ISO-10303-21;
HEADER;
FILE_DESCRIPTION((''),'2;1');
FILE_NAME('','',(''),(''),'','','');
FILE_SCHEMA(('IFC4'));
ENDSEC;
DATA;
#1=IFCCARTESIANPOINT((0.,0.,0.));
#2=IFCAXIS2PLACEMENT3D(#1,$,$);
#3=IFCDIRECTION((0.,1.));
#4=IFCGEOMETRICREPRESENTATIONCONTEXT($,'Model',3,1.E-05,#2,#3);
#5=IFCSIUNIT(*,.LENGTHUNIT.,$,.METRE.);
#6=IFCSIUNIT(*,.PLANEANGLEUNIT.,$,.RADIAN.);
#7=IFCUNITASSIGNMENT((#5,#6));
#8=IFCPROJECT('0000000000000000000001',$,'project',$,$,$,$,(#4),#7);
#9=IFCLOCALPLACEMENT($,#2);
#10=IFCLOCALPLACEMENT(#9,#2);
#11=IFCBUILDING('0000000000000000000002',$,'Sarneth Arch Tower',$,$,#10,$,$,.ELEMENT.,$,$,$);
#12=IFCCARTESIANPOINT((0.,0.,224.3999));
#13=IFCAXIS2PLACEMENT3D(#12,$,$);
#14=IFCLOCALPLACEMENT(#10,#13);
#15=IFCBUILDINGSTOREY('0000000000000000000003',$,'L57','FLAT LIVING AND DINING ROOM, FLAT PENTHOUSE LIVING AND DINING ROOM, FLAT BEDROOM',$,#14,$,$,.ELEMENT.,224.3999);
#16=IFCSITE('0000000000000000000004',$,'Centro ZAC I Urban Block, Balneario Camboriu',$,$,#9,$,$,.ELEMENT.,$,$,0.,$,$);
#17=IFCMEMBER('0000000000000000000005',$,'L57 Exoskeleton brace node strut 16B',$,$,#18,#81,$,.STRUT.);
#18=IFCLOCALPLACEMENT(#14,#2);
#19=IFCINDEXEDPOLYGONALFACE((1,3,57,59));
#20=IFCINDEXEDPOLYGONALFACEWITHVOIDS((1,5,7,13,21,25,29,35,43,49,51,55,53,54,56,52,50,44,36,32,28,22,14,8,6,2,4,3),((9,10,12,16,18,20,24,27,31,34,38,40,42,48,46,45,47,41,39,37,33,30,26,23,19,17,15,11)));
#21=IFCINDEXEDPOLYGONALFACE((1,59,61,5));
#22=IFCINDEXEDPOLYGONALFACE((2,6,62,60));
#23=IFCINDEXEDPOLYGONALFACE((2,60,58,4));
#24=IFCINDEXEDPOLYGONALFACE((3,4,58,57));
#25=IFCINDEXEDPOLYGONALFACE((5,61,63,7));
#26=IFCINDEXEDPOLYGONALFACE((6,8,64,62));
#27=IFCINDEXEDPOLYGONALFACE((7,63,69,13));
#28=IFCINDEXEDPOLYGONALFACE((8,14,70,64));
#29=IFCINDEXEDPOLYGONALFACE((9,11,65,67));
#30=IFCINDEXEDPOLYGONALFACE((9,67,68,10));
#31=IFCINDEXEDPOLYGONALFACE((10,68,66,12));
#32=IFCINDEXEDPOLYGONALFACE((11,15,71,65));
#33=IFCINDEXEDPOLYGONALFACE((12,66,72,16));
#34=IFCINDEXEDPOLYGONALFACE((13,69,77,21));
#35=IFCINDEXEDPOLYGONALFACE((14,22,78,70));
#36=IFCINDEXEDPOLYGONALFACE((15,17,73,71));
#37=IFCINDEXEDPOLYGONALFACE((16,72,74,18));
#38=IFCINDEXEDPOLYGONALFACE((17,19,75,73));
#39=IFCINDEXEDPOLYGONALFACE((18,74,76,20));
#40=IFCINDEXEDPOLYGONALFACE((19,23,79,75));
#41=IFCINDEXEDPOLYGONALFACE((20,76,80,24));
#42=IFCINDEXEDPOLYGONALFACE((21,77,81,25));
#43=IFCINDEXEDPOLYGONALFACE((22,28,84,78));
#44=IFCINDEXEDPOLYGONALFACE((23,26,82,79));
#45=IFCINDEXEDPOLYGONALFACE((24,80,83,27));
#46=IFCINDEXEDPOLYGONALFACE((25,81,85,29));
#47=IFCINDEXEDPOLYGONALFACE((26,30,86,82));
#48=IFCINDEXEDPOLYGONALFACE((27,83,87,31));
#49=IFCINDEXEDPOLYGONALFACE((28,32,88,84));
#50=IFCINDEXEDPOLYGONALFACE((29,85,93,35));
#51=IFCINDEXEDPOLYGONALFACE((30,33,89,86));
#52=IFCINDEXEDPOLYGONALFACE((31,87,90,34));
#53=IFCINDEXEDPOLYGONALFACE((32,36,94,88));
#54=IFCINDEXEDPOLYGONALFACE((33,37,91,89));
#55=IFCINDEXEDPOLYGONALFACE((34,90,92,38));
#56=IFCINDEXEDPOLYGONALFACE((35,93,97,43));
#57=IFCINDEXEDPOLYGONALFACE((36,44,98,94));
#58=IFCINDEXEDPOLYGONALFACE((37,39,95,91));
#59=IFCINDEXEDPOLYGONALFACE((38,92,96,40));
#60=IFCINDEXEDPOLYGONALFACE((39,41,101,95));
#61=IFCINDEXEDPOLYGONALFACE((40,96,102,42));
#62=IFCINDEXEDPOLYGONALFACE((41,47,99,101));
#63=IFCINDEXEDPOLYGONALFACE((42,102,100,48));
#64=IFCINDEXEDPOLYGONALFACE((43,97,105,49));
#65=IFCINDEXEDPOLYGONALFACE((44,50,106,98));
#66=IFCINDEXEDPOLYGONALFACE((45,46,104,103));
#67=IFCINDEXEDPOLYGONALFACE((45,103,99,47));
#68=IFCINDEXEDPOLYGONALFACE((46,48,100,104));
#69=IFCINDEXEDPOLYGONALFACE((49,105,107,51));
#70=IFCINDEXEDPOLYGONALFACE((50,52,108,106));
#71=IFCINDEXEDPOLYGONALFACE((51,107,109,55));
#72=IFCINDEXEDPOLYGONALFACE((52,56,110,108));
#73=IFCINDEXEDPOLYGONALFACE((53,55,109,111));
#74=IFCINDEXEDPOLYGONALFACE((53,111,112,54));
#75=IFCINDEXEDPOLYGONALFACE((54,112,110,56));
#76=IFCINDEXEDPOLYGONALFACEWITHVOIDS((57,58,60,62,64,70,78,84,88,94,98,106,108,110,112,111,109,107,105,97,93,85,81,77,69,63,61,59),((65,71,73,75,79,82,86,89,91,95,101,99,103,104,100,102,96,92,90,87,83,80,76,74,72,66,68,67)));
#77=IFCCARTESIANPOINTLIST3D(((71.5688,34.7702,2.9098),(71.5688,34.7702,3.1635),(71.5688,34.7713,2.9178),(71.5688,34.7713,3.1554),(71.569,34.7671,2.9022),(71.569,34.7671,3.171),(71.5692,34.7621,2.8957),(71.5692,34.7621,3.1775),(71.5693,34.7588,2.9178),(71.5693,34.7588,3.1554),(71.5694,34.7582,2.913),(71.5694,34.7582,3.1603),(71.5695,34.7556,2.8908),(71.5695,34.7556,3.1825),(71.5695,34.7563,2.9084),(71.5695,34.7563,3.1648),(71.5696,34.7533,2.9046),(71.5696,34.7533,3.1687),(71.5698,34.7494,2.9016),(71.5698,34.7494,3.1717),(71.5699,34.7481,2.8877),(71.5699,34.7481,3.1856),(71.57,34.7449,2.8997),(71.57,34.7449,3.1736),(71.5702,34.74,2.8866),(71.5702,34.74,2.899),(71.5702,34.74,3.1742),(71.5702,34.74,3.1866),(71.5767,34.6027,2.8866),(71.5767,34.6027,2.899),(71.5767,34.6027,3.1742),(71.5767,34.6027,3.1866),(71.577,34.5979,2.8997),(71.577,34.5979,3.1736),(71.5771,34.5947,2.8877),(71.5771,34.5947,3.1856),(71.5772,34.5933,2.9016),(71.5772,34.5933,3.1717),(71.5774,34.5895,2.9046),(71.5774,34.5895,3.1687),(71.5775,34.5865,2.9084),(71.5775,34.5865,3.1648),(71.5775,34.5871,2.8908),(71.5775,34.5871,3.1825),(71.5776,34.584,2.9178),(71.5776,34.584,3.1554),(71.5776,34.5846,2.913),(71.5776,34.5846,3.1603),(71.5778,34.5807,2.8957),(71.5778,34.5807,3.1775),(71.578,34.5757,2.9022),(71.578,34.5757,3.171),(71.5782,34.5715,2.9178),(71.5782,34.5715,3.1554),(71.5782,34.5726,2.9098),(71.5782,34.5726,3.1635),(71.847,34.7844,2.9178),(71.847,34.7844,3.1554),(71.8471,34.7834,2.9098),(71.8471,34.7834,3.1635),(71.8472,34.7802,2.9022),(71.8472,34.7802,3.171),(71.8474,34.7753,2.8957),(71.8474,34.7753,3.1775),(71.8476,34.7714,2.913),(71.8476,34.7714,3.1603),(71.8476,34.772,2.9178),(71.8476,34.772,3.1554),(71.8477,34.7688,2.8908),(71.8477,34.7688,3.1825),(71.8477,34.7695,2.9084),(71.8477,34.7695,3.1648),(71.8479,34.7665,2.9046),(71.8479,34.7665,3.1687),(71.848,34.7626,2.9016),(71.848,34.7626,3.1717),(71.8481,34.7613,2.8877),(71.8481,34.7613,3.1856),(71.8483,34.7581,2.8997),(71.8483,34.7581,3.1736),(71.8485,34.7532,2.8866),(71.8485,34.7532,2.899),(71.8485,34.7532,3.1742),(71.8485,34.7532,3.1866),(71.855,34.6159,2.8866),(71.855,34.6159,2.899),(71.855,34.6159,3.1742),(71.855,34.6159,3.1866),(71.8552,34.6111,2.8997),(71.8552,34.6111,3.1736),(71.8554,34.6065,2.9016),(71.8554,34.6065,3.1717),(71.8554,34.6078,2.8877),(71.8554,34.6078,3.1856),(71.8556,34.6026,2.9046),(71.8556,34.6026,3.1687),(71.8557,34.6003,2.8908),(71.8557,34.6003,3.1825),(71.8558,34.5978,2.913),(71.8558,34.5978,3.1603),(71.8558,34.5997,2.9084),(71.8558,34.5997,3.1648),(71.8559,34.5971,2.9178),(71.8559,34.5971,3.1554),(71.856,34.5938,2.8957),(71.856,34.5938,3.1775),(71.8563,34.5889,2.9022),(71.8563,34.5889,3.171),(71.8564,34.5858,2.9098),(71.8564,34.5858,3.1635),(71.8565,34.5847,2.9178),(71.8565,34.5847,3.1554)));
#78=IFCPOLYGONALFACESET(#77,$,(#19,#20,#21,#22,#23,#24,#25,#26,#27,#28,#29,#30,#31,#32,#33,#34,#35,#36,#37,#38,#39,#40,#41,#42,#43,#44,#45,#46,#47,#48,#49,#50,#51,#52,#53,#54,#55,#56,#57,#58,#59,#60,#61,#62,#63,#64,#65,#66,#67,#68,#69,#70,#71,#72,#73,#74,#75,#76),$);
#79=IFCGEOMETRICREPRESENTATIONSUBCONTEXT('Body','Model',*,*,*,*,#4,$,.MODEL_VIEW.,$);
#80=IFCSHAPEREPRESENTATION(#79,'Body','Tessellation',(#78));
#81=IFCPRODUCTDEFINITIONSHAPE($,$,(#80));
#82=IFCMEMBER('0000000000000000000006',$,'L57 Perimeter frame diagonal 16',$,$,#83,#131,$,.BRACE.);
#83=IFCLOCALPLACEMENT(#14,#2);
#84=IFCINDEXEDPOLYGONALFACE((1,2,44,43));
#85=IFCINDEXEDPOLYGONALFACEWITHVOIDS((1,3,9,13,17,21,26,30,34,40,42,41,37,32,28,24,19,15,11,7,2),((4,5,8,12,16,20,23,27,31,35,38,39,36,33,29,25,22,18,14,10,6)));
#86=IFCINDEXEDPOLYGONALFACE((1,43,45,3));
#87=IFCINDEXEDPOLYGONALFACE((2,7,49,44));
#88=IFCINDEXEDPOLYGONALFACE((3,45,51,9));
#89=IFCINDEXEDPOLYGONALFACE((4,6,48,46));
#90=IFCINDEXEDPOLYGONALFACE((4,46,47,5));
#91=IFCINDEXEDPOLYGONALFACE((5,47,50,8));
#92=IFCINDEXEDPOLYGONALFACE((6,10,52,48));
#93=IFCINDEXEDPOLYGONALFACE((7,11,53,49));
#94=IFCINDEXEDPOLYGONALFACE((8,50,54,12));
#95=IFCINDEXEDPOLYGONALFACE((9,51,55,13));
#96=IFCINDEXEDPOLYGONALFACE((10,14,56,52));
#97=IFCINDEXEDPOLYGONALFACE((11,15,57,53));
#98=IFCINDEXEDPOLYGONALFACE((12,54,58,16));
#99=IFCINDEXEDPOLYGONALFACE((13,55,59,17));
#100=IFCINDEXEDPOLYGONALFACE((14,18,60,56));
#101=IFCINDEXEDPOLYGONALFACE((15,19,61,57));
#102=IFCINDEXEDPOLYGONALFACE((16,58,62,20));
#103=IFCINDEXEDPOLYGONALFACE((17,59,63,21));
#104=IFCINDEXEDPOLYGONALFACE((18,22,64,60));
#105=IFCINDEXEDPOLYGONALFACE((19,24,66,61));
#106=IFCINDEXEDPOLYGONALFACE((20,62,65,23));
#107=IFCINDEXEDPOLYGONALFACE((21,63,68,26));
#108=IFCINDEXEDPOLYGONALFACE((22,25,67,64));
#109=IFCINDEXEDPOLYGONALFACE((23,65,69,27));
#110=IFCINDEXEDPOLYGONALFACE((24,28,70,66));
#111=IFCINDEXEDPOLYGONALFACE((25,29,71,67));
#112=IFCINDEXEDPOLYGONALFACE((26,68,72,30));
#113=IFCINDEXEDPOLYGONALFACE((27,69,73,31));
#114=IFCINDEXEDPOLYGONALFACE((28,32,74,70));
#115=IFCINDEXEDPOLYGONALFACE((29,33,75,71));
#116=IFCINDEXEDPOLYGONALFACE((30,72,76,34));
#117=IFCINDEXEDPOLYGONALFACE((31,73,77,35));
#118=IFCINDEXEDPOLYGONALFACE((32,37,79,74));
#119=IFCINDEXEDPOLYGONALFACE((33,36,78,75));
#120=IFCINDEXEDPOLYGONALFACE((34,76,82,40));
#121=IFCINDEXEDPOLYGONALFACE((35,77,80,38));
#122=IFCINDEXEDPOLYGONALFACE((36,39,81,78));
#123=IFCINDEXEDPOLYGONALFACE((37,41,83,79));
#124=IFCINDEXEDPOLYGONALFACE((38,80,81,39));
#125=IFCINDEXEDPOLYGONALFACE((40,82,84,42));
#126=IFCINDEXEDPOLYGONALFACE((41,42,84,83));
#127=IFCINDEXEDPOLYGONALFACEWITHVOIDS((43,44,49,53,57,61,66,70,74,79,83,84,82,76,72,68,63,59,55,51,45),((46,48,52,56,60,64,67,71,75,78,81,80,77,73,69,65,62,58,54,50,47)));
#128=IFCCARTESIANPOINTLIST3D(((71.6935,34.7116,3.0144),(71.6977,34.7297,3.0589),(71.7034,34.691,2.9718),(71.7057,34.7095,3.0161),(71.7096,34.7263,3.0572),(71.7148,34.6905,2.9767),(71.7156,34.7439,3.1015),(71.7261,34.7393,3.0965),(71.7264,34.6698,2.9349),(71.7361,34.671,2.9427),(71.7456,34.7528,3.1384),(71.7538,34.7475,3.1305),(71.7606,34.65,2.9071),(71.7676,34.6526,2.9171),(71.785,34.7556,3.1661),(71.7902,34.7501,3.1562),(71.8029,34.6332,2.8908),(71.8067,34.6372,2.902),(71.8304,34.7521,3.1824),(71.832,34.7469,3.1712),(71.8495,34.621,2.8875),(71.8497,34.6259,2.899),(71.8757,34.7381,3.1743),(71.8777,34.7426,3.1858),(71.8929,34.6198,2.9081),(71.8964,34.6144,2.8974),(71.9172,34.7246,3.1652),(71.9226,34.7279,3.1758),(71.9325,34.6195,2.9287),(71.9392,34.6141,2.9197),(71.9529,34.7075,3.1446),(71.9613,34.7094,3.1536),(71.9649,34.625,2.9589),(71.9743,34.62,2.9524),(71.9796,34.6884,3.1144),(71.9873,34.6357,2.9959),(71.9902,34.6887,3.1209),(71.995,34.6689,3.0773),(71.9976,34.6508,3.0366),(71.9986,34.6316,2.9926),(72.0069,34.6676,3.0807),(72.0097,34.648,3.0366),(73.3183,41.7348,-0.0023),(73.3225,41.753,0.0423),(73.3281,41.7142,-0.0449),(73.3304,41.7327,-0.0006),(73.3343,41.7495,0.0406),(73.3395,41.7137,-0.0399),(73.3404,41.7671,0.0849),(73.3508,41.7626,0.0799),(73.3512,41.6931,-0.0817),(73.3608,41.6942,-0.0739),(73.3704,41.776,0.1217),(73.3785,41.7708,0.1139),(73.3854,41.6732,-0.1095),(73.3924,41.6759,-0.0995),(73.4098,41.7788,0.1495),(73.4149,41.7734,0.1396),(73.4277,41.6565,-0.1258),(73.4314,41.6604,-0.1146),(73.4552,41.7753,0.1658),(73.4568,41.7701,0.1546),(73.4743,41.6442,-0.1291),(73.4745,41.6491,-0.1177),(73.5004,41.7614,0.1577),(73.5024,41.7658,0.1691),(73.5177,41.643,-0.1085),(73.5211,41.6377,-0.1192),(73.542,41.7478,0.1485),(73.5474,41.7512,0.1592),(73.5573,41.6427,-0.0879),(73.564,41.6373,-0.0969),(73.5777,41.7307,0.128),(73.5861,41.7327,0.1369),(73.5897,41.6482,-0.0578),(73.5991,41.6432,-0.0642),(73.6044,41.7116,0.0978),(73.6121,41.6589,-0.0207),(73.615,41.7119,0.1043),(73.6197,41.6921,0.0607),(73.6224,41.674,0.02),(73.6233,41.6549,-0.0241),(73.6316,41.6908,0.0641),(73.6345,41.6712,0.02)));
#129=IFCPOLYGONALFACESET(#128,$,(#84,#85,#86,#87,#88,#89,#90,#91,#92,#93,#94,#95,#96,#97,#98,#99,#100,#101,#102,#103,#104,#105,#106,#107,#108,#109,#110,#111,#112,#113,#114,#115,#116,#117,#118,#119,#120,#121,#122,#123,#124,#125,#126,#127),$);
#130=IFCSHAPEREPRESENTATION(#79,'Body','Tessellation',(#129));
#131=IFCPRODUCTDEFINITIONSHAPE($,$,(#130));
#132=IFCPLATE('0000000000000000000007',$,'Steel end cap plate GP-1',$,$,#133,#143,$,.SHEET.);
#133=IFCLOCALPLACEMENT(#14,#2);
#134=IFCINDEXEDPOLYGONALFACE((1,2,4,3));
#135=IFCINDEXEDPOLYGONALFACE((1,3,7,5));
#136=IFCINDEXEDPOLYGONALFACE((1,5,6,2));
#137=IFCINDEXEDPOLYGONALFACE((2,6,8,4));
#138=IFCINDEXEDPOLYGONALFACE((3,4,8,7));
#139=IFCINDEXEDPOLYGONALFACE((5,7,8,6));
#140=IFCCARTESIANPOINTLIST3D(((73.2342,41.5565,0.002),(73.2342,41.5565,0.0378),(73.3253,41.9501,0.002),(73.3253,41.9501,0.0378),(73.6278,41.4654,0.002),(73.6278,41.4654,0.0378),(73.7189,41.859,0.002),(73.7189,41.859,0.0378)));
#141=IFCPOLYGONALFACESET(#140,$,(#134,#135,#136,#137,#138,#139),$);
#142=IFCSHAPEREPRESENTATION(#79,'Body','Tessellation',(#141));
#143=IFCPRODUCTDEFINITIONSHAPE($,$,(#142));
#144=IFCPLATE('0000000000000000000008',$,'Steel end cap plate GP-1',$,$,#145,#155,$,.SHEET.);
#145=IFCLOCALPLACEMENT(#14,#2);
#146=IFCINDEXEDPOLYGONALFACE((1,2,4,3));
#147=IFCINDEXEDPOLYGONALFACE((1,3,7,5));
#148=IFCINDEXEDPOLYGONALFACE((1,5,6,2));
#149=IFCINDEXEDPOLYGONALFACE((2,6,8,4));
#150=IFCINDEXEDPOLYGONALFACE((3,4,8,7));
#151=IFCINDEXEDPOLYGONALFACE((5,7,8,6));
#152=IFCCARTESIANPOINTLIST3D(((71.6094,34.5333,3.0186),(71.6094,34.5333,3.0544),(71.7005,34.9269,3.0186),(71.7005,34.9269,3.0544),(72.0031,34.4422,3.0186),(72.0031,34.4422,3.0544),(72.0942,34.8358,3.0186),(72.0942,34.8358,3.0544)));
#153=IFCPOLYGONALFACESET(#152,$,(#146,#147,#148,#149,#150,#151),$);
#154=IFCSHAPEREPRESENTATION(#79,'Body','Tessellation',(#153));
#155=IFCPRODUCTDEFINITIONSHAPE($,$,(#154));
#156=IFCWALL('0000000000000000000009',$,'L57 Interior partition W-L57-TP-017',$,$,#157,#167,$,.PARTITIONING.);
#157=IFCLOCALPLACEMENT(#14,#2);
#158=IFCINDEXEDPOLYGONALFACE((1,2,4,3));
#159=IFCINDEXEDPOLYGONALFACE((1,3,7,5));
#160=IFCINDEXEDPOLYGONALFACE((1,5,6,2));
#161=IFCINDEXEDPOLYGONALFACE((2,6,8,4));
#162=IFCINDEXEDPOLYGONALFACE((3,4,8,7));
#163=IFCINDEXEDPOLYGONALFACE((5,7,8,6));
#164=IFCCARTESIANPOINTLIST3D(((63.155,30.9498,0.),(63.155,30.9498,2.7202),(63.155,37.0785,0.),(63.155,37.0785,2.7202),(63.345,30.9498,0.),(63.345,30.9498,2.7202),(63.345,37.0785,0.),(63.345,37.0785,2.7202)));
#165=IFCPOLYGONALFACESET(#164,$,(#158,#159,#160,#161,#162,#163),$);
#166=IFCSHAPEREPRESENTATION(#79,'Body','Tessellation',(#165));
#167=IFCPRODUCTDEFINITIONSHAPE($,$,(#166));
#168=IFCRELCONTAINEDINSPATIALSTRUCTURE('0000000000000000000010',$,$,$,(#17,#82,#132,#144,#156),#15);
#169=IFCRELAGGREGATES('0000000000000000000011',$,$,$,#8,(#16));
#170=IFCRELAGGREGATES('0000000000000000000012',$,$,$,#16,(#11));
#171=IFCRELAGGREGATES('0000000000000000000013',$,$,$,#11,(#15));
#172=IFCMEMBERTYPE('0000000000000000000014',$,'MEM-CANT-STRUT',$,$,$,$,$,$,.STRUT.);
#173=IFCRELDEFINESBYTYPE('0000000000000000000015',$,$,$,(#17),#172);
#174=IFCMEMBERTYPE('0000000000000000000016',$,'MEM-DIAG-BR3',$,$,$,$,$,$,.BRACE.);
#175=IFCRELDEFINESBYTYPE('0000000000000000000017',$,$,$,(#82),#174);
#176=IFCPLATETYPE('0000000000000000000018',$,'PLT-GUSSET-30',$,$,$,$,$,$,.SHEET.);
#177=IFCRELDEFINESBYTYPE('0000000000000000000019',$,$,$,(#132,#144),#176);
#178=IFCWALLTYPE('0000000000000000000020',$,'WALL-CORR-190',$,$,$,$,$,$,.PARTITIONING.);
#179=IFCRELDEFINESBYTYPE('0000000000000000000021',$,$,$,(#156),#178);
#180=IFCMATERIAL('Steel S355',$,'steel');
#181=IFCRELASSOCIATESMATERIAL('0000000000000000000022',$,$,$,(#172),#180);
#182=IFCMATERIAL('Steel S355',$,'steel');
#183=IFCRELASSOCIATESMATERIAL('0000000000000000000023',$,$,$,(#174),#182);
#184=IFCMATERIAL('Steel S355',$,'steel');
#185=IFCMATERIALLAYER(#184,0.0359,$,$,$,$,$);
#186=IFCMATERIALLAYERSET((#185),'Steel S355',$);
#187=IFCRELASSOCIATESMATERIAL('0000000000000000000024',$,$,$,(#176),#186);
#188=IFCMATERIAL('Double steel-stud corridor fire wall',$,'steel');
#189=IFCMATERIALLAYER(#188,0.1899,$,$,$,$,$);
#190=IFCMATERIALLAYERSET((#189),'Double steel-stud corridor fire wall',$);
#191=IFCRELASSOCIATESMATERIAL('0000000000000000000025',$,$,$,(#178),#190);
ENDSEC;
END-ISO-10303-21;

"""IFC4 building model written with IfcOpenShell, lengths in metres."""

from ifc_helpers import new_model, si_unit, direction, frame, frame_2d, origin, origin_2d, place, context, subcontext, project, spatial, rectangle, hollow_rectangle, hollow_circle, extrude, material, layer, layer_set, material_profile, profile_set, type_object, element, save


model = new_model("IFC4")

# Units and contexts
model_context = context("Model", 3, precision=1e-05, world=origin(), true_north=direction((0.0, 1.0)))
body_context = subcontext(model_context, "Body", "Model", "MODEL_VIEW")
ifc_project = project(units=[si_unit("LENGTHUNIT", "METRE"), si_unit("PLANEANGLEUNIT", "RADIAN")], contexts=[model_context])

# Site, building, storey
site_placement = place(None, origin())
site = spatial("IfcSite", under=ifc_project, at=site_placement, Name="Centro ZAC I Urban Block, Balneario Camboriu", CompositionType="ELEMENT", RefElevation=0.0)
building_placement = place(site_placement, origin())
building = spatial("IfcBuilding", under=site, at=building_placement, Name="Sarneth Arch Tower", CompositionType="ELEMENT")
storey_placement = place(building_placement, frame((0.0, 0.0, 224.3999)))
storey = spatial("IfcBuildingStorey", under=building, at=storey_placement, Name="L57", Description="FLAT LIVING AND DINING ROOM, FLAT PENTHOUSE LIVING AND DINING ROOM, FLAT BEDROOM", CompositionType="ELEMENT", Elevation=224.3999)

# Members
ifc_material_1 = material(Name="Steel S355", Category="steel")
ifc_material_profile_1 = material_profile(ifc_material_1, hollow_rectangle(XDim=0.2, YDim=0.3, WallThickness=0.0125, InnerFilletRadius=0.0188, OuterFilletRadius=0.0312, at=origin_2d()), Name="RHS300x200x12.5")
ifc_profile_set_1 = profile_set([ifc_material_profile_1], Name="Steel S355")
member_type_1 = type_object("IfcMemberType", Name="MEM-CANT-STRUT", PredefinedType="STRUT", material=ifc_profile_set_1)
member_1_placement = place(storey_placement, frame((71.5735, 34.6714, 3.0366), z_axis=(0.99888, 0.047315, 0.0), x_axis=(-0.047315, 0.99888, 0.0)))
element("IfcMember", 1, at=member_1_placement, inside=storey, type_object=member_type_1, Name="L57 Exoskeleton brace node strut 16B", PredefinedType="STRUT", context=body_context, shape_type="SweptSolid", body=[
    extrude(hollow_rectangle(XDim=0.2, YDim=0.3, WallThickness=0.0125, InnerFilletRadius=0.0188, OuterFilletRadius=0.0312, at=origin_2d()), origin(), (0.0, 0.0, 1.0), 0.2786),
])
ifc_material_2 = material(Name="Steel S355", Category="steel")
ifc_material_profile_2 = material_profile(ifc_material_2, hollow_circle(Radius=0.1621, WallThickness=0.0125, at=origin_2d()), Name="CHS324x12.5")
ifc_profile_set_2 = profile_set([ifc_material_profile_2], Name="Steel S355")
member_type_2 = type_object("IfcMemberType", Name="MEM-DIAG-BR3", PredefinedType="BRACE", material=ifc_profile_set_2)
member_2_placement = place(storey_placement, frame((73.4766, 41.7078, 0.02), z_axis=(-0.207918, -0.898749, 0.386031), x_axis=(0.974269, -0.225389, 0.0)))
element("IfcMember", 2, at=member_2_placement, inside=storey, type_object=member_type_2, Name="L57 Perimeter frame diagonal 16", PredefinedType="BRACE", context=body_context, shape_type="SweptSolid", body=[
    extrude(hollow_circle(Radius=0.1621, WallThickness=0.0125, at=origin_2d()), origin(), (0.0, 0.0, 1.0), 7.8145),
])

# Plates
ifc_material_3 = material(Name="Steel S355", Category="steel")
ifc_layer_1 = layer(ifc_material_3, 0.0359)
ifc_layer_set_1 = layer_set([ifc_layer_1], Name="Steel S355")
plate_type = type_object("IfcPlateType", Name="PLT-GUSSET-30", PredefinedType="SHEET", material=ifc_layer_set_1)
for number, where, z_axis, x_axis, name in (
    (3, (73.4766, 41.7078, 0.002), (0.0, 0.0, 1.0), (0.225461, 0.974252, 0.0), "Steel end cap plate GP-1"),
    (4, (71.8518, 34.6846, 3.0186), (0.0, 0.0, 1.0), (0.225461, 0.974252, 0.0), "Steel end cap plate GP-1"),
):
    element("IfcPlate", number, at=place(storey_placement, frame(where, z_axis=z_axis, x_axis=x_axis)), inside=storey, type_object=plate_type, Name=name, PredefinedType="SHEET", context=body_context, shape_type="SweptSolid", body=[
        extrude(rectangle(XDim=0.4041, YDim=0.4041, at=origin_2d()), origin(), (0.0, 0.0, 1.0), 0.0359),
    ])

# Wall
ifc_material_4 = material(Name="Double steel-stud corridor fire wall", Category="steel")
ifc_layer_2 = layer(ifc_material_4, 0.1899)
ifc_layer_set_2 = layer_set([ifc_layer_2], Name="Double steel-stud corridor fire wall")
wall_type_1 = type_object("IfcWallType", Name="WALL-CORR-190", PredefinedType="PARTITIONING", material=ifc_layer_set_2)
wall_1_placement = place(storey_placement, frame((63.25, 37.0786, 0.0), z_axis=(0.0, 0.0, 1.0), x_axis=(0.0, -1.0, 0.0)))
element("IfcWall", 5, at=wall_1_placement, inside=storey, type_object=wall_type_1, Name="L57 Interior partition W-L57-TP-017", PredefinedType="PARTITIONING", context=body_context, shape_type="SweptSolid", body=[
    extrude(rectangle(XDim=6.1287, YDim=0.1899, at=frame_2d((3.0645, 0.0))), origin(), (0.0, 0.0, 1.0), 2.7202),
])

save(model, "model.ifc")
